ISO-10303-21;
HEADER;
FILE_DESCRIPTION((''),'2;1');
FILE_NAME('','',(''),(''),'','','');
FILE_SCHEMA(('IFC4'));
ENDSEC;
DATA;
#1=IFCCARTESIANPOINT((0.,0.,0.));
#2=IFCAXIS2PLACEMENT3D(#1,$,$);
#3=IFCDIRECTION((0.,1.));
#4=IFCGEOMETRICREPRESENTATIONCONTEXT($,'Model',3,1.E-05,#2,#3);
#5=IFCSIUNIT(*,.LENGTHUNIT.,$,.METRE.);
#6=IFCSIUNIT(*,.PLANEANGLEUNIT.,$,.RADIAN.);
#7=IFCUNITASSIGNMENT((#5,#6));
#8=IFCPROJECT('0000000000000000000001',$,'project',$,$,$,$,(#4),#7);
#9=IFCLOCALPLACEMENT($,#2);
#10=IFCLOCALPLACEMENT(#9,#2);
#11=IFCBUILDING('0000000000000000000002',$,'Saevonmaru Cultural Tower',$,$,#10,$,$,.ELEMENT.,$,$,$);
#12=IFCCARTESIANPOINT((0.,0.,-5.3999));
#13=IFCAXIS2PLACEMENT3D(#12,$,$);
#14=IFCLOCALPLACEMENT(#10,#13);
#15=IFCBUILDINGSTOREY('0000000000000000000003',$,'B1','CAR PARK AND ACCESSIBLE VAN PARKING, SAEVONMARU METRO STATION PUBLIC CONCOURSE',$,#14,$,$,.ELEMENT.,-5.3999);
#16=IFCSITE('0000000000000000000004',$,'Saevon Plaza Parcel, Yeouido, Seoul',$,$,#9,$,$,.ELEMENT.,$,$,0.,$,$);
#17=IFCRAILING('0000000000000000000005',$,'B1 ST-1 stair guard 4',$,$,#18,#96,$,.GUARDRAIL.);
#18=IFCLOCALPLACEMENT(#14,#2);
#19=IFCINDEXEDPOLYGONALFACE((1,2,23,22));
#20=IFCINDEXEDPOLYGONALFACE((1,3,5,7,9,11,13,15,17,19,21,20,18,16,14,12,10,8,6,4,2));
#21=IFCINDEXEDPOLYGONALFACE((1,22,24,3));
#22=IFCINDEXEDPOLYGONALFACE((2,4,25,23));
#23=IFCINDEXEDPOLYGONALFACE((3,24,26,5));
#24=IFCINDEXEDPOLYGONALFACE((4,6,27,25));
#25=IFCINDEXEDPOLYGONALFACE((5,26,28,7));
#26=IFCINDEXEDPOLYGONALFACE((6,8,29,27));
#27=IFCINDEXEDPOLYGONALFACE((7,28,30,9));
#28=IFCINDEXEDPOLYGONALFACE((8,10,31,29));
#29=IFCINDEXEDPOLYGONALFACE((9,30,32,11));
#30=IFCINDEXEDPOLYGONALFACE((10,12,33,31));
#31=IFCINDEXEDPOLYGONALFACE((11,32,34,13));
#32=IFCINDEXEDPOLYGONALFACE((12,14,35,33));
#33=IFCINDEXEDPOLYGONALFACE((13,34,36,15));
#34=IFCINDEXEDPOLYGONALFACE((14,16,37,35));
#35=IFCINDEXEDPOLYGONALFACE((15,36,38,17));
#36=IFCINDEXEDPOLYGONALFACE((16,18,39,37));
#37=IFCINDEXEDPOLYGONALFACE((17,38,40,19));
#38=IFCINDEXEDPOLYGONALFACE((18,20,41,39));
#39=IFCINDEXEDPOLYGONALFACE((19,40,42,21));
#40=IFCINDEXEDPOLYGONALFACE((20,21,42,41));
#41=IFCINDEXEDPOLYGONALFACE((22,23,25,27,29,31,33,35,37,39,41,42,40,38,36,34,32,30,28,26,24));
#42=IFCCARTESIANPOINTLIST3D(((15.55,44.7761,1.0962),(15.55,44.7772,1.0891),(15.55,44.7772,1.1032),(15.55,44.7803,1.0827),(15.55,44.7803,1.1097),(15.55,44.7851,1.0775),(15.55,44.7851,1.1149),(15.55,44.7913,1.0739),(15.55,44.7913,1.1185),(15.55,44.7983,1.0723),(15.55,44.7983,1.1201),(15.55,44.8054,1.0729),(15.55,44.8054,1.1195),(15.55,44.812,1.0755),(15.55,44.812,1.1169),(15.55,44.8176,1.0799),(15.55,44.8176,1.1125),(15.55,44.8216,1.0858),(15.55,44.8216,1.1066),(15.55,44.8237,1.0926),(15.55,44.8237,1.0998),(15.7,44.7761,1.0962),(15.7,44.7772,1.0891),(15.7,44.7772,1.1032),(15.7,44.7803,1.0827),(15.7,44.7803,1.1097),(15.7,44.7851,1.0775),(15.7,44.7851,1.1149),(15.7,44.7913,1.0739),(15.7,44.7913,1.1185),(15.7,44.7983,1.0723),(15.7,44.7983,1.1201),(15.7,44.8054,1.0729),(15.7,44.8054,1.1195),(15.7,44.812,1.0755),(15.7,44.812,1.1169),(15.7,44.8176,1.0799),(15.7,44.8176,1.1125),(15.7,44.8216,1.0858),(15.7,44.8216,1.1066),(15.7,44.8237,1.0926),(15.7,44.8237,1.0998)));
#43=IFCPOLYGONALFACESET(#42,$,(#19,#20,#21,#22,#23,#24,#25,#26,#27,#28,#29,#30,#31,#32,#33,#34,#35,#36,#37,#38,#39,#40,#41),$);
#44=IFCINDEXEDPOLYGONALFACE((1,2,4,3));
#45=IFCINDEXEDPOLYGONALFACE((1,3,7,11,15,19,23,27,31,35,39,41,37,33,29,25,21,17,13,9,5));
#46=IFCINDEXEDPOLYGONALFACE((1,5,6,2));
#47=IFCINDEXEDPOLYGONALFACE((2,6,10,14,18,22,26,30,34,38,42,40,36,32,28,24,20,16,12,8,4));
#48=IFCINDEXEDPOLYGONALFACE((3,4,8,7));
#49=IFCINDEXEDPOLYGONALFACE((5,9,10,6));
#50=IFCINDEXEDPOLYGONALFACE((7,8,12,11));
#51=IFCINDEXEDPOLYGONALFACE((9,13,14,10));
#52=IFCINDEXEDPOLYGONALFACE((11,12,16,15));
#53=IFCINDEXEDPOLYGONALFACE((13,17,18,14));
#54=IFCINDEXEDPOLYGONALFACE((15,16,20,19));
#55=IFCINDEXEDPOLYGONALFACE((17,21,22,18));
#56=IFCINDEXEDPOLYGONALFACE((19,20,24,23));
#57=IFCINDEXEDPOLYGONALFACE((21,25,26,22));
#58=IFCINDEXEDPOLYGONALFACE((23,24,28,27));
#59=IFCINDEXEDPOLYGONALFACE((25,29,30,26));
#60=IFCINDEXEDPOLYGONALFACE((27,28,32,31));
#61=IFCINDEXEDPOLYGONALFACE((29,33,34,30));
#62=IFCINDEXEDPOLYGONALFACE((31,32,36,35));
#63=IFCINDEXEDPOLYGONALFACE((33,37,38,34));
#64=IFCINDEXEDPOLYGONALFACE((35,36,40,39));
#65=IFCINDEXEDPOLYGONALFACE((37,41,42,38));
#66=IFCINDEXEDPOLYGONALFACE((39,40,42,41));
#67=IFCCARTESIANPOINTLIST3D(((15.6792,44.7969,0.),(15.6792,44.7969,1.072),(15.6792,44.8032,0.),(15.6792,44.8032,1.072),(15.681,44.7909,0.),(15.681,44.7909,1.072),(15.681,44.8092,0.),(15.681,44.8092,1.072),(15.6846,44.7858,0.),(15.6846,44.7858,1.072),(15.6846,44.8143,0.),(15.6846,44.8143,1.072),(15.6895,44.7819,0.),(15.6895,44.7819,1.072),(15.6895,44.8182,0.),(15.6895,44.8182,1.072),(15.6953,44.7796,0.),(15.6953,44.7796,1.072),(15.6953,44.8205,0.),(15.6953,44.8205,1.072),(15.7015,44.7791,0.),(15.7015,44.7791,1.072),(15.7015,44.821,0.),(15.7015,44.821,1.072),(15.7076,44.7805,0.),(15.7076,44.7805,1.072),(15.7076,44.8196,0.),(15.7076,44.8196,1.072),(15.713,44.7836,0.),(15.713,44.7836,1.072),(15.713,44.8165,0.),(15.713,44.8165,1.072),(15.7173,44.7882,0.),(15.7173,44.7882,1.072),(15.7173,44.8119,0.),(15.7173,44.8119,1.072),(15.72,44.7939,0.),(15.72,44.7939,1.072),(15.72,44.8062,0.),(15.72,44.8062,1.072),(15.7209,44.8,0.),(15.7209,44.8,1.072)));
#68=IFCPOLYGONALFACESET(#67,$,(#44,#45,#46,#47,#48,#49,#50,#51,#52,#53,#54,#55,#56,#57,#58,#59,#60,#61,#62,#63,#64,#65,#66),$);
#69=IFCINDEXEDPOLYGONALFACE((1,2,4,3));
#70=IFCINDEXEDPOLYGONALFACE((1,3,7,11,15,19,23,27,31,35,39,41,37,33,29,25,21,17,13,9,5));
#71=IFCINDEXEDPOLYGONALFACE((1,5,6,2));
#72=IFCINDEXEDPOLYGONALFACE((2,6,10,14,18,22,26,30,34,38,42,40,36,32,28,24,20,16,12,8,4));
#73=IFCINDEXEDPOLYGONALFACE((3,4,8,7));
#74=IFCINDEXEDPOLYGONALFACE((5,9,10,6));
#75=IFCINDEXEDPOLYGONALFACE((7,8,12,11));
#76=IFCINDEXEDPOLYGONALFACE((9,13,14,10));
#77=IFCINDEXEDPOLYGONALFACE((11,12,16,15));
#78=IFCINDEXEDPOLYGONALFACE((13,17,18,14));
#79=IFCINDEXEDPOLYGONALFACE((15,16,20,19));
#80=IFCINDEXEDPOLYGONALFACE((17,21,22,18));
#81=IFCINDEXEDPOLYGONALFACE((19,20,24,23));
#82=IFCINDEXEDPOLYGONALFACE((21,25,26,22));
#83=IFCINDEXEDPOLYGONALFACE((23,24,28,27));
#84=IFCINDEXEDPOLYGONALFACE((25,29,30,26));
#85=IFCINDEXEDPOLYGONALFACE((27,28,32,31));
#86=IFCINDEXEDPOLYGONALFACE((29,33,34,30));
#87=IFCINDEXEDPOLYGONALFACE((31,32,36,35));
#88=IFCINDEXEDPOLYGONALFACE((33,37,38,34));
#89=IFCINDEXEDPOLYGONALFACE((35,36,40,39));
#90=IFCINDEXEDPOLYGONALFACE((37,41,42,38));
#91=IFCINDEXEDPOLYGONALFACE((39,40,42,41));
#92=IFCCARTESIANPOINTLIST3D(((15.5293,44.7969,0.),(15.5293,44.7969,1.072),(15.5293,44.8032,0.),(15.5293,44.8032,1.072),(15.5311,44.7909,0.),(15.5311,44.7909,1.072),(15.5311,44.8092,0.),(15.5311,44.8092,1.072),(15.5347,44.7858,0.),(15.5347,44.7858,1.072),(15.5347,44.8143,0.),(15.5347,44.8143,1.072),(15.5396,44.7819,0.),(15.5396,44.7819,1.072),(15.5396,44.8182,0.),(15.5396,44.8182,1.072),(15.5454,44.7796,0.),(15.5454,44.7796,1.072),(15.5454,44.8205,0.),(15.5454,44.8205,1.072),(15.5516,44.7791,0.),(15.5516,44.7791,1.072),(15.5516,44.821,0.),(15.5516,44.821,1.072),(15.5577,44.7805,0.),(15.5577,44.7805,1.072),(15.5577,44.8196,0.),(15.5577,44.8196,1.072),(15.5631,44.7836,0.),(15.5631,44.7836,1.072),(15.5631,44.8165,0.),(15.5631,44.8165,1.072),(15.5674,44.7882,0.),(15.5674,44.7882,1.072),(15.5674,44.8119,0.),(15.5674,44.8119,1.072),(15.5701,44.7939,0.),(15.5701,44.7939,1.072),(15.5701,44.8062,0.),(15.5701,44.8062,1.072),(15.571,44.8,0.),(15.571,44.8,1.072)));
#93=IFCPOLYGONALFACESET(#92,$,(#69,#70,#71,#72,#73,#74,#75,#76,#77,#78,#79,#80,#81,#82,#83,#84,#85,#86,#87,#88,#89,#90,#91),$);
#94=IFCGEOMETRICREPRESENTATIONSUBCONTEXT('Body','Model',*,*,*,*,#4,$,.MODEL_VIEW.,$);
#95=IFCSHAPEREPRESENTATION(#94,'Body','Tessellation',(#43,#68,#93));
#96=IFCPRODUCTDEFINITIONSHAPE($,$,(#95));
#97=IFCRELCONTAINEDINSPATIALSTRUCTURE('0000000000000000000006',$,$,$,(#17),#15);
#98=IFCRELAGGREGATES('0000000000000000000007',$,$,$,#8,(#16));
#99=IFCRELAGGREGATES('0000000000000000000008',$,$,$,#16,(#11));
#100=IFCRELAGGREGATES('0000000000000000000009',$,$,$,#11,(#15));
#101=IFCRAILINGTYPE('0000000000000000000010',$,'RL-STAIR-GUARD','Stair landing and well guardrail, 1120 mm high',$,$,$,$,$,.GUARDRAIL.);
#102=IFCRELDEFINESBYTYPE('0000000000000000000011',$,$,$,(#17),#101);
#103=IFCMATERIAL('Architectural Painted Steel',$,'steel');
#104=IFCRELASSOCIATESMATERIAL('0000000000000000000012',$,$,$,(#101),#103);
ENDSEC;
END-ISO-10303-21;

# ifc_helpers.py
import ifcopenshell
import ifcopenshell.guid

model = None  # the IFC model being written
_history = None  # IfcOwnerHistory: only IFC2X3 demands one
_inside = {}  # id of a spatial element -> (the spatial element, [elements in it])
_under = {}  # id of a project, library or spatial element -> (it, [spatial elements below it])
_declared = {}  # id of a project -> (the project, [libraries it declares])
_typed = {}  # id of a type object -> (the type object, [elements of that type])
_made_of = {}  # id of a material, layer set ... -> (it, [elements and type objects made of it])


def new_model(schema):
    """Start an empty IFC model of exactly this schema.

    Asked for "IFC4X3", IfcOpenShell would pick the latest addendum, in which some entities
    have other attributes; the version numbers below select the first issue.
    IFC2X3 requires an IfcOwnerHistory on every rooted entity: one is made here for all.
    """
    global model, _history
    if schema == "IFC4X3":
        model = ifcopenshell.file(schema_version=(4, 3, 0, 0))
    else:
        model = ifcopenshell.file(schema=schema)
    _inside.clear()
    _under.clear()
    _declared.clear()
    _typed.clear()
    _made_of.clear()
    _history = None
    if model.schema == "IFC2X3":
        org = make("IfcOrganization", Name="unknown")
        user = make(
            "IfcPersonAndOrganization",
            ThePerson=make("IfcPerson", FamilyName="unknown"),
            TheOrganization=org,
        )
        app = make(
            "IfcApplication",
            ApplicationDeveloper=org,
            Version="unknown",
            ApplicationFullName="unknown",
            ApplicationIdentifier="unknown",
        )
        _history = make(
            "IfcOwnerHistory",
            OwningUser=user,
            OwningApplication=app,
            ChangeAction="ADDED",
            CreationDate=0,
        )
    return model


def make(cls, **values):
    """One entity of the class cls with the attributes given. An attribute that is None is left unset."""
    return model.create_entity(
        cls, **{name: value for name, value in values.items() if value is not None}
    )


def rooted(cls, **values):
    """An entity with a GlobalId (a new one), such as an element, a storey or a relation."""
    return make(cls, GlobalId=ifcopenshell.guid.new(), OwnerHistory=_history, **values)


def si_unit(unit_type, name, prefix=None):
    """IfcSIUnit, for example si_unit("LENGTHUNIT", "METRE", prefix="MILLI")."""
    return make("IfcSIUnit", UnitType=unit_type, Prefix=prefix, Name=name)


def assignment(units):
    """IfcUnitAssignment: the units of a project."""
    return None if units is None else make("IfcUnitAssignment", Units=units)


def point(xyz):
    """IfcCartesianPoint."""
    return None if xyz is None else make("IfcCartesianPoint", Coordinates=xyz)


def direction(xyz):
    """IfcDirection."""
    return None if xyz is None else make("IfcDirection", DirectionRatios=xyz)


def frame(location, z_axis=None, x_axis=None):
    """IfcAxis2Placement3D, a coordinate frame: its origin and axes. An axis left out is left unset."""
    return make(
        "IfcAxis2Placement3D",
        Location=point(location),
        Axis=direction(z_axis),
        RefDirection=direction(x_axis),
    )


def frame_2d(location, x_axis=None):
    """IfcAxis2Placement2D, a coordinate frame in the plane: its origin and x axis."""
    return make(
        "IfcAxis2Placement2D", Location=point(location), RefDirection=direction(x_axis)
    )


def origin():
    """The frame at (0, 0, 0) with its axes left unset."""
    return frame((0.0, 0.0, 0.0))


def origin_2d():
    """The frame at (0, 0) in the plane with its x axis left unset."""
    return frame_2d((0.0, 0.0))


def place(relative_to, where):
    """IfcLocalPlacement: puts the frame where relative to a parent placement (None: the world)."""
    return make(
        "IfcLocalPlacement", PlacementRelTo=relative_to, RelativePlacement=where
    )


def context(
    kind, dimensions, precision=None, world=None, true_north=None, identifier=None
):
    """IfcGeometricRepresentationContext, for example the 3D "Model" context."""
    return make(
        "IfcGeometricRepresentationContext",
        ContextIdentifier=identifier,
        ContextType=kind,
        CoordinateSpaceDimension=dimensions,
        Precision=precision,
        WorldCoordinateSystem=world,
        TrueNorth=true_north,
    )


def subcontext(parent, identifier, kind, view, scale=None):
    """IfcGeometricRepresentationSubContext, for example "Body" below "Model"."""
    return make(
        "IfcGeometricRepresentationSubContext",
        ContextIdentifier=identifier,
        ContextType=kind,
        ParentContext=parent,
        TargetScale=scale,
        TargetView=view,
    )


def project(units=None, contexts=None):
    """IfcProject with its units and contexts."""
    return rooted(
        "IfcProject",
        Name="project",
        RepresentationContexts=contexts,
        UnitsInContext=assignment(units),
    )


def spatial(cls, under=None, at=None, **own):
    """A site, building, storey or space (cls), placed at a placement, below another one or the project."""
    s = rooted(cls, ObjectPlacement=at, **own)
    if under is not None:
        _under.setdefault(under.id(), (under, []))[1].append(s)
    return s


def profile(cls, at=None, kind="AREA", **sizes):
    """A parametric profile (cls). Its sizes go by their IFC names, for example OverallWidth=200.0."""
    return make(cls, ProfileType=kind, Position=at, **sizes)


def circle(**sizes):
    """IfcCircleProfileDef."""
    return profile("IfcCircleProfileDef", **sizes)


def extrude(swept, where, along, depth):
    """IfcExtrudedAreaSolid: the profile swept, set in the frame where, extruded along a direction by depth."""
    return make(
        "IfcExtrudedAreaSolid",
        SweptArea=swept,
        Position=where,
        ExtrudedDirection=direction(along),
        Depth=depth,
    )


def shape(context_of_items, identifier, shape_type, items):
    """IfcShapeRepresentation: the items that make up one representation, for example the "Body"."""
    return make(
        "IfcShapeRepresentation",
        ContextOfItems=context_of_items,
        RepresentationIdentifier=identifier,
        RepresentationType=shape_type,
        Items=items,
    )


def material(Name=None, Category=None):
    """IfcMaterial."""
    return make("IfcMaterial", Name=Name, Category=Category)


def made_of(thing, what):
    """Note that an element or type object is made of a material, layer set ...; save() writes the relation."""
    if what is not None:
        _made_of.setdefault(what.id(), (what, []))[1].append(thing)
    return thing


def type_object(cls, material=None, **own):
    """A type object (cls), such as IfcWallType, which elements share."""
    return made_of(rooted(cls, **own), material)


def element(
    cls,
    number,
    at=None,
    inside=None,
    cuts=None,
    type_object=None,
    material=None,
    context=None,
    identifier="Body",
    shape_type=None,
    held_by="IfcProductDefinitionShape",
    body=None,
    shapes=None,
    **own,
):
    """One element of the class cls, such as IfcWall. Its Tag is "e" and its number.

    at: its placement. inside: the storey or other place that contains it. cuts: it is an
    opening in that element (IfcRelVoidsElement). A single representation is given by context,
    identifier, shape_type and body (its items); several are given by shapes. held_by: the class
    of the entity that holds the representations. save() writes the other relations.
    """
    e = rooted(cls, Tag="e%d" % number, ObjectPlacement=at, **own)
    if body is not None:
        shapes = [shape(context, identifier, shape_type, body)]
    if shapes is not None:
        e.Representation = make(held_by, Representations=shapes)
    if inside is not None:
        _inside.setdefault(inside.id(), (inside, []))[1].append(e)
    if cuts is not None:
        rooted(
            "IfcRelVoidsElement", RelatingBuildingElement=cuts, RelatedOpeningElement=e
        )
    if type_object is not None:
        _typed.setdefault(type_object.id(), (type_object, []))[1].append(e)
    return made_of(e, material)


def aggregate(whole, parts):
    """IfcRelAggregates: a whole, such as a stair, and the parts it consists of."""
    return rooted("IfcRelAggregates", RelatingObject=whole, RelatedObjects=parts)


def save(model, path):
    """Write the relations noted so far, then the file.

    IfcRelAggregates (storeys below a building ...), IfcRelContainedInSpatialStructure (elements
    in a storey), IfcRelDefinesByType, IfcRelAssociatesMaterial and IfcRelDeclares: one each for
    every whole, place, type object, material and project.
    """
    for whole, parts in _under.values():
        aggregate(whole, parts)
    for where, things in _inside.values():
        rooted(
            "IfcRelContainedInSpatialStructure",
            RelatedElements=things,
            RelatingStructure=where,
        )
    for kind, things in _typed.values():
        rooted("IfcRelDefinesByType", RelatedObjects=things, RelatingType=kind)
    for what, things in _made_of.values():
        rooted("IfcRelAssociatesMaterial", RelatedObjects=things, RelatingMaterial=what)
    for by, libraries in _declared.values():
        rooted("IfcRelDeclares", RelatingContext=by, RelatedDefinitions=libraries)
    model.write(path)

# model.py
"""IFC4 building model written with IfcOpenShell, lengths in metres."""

from ifc_helpers import new_model, si_unit, direction, frame, origin, origin_2d, place, context, subcontext, project, spatial, circle, extrude, material, type_object, element, save


model = new_model("IFC4")

# Units and contexts
model_context = context("Model", 3, precision=1e-05, world=origin(), true_north=direction((0.0, 1.0)))
body_context = subcontext(model_context, "Body", "Model", "MODEL_VIEW")
ifc_project = project(units=[si_unit("LENGTHUNIT", "METRE"), si_unit("PLANEANGLEUNIT", "RADIAN")], contexts=[model_context])

# Site, building, storey
site_placement = place(None, origin())
site = spatial("IfcSite", under=ifc_project, at=site_placement, Name="Saevon Plaza Parcel, Yeouido, Seoul", CompositionType="ELEMENT", RefElevation=0.0)
building_placement = place(site_placement, origin())
building = spatial("IfcBuilding", under=site, at=building_placement, Name="Saevonmaru Cultural Tower", CompositionType="ELEMENT")
storey_placement = place(building_placement, frame((0.0, 0.0, -5.3999)))
storey = spatial("IfcBuildingStorey", under=building, at=storey_placement, Name="B1", Description="CAR PARK AND ACCESSIBLE VAN PARKING, SAEVONMARU METRO STATION PUBLIC CONCOURSE", CompositionType="ELEMENT", Elevation=-5.3999)

# Railing
ifc_material_1 = material(Name="Architectural Painted Steel", Category="steel")
railing_type_1 = type_object("IfcRailingType", Name="RL-STAIR-GUARD", Description="Stair landing and well guardrail, 1120 mm high", PredefinedType="GUARDRAIL", material=ifc_material_1)
railing_1_placement = place(storey_placement, frame((15.7, 44.8, 0.0)))
element("IfcRailing", 1, at=railing_1_placement, inside=storey, type_object=railing_type_1, Name="B1 ST-1 stair guard 4", PredefinedType="GUARDRAIL", context=body_context, shape_type="SweptSolid", body=[
    extrude(circle(Radius=0.0239, at=origin_2d()), frame((0.0, 0.0, 1.0962), z_axis=(-1.0, 0.0, 0.0), x_axis=(0.0, -1.0, 0.0)), (0.0, 0.0, 1.0), 0.1499),
    extrude(circle(Radius=0.021, at=origin_2d()), origin(), (0.0, 0.0, 1.0), 1.072),
    extrude(circle(Radius=0.021, at=origin_2d()), frame((-0.1499, 0.0, 0.0)), (0.0, 0.0, 1.0), 1.072),
])

save(model, "model.ifc")
